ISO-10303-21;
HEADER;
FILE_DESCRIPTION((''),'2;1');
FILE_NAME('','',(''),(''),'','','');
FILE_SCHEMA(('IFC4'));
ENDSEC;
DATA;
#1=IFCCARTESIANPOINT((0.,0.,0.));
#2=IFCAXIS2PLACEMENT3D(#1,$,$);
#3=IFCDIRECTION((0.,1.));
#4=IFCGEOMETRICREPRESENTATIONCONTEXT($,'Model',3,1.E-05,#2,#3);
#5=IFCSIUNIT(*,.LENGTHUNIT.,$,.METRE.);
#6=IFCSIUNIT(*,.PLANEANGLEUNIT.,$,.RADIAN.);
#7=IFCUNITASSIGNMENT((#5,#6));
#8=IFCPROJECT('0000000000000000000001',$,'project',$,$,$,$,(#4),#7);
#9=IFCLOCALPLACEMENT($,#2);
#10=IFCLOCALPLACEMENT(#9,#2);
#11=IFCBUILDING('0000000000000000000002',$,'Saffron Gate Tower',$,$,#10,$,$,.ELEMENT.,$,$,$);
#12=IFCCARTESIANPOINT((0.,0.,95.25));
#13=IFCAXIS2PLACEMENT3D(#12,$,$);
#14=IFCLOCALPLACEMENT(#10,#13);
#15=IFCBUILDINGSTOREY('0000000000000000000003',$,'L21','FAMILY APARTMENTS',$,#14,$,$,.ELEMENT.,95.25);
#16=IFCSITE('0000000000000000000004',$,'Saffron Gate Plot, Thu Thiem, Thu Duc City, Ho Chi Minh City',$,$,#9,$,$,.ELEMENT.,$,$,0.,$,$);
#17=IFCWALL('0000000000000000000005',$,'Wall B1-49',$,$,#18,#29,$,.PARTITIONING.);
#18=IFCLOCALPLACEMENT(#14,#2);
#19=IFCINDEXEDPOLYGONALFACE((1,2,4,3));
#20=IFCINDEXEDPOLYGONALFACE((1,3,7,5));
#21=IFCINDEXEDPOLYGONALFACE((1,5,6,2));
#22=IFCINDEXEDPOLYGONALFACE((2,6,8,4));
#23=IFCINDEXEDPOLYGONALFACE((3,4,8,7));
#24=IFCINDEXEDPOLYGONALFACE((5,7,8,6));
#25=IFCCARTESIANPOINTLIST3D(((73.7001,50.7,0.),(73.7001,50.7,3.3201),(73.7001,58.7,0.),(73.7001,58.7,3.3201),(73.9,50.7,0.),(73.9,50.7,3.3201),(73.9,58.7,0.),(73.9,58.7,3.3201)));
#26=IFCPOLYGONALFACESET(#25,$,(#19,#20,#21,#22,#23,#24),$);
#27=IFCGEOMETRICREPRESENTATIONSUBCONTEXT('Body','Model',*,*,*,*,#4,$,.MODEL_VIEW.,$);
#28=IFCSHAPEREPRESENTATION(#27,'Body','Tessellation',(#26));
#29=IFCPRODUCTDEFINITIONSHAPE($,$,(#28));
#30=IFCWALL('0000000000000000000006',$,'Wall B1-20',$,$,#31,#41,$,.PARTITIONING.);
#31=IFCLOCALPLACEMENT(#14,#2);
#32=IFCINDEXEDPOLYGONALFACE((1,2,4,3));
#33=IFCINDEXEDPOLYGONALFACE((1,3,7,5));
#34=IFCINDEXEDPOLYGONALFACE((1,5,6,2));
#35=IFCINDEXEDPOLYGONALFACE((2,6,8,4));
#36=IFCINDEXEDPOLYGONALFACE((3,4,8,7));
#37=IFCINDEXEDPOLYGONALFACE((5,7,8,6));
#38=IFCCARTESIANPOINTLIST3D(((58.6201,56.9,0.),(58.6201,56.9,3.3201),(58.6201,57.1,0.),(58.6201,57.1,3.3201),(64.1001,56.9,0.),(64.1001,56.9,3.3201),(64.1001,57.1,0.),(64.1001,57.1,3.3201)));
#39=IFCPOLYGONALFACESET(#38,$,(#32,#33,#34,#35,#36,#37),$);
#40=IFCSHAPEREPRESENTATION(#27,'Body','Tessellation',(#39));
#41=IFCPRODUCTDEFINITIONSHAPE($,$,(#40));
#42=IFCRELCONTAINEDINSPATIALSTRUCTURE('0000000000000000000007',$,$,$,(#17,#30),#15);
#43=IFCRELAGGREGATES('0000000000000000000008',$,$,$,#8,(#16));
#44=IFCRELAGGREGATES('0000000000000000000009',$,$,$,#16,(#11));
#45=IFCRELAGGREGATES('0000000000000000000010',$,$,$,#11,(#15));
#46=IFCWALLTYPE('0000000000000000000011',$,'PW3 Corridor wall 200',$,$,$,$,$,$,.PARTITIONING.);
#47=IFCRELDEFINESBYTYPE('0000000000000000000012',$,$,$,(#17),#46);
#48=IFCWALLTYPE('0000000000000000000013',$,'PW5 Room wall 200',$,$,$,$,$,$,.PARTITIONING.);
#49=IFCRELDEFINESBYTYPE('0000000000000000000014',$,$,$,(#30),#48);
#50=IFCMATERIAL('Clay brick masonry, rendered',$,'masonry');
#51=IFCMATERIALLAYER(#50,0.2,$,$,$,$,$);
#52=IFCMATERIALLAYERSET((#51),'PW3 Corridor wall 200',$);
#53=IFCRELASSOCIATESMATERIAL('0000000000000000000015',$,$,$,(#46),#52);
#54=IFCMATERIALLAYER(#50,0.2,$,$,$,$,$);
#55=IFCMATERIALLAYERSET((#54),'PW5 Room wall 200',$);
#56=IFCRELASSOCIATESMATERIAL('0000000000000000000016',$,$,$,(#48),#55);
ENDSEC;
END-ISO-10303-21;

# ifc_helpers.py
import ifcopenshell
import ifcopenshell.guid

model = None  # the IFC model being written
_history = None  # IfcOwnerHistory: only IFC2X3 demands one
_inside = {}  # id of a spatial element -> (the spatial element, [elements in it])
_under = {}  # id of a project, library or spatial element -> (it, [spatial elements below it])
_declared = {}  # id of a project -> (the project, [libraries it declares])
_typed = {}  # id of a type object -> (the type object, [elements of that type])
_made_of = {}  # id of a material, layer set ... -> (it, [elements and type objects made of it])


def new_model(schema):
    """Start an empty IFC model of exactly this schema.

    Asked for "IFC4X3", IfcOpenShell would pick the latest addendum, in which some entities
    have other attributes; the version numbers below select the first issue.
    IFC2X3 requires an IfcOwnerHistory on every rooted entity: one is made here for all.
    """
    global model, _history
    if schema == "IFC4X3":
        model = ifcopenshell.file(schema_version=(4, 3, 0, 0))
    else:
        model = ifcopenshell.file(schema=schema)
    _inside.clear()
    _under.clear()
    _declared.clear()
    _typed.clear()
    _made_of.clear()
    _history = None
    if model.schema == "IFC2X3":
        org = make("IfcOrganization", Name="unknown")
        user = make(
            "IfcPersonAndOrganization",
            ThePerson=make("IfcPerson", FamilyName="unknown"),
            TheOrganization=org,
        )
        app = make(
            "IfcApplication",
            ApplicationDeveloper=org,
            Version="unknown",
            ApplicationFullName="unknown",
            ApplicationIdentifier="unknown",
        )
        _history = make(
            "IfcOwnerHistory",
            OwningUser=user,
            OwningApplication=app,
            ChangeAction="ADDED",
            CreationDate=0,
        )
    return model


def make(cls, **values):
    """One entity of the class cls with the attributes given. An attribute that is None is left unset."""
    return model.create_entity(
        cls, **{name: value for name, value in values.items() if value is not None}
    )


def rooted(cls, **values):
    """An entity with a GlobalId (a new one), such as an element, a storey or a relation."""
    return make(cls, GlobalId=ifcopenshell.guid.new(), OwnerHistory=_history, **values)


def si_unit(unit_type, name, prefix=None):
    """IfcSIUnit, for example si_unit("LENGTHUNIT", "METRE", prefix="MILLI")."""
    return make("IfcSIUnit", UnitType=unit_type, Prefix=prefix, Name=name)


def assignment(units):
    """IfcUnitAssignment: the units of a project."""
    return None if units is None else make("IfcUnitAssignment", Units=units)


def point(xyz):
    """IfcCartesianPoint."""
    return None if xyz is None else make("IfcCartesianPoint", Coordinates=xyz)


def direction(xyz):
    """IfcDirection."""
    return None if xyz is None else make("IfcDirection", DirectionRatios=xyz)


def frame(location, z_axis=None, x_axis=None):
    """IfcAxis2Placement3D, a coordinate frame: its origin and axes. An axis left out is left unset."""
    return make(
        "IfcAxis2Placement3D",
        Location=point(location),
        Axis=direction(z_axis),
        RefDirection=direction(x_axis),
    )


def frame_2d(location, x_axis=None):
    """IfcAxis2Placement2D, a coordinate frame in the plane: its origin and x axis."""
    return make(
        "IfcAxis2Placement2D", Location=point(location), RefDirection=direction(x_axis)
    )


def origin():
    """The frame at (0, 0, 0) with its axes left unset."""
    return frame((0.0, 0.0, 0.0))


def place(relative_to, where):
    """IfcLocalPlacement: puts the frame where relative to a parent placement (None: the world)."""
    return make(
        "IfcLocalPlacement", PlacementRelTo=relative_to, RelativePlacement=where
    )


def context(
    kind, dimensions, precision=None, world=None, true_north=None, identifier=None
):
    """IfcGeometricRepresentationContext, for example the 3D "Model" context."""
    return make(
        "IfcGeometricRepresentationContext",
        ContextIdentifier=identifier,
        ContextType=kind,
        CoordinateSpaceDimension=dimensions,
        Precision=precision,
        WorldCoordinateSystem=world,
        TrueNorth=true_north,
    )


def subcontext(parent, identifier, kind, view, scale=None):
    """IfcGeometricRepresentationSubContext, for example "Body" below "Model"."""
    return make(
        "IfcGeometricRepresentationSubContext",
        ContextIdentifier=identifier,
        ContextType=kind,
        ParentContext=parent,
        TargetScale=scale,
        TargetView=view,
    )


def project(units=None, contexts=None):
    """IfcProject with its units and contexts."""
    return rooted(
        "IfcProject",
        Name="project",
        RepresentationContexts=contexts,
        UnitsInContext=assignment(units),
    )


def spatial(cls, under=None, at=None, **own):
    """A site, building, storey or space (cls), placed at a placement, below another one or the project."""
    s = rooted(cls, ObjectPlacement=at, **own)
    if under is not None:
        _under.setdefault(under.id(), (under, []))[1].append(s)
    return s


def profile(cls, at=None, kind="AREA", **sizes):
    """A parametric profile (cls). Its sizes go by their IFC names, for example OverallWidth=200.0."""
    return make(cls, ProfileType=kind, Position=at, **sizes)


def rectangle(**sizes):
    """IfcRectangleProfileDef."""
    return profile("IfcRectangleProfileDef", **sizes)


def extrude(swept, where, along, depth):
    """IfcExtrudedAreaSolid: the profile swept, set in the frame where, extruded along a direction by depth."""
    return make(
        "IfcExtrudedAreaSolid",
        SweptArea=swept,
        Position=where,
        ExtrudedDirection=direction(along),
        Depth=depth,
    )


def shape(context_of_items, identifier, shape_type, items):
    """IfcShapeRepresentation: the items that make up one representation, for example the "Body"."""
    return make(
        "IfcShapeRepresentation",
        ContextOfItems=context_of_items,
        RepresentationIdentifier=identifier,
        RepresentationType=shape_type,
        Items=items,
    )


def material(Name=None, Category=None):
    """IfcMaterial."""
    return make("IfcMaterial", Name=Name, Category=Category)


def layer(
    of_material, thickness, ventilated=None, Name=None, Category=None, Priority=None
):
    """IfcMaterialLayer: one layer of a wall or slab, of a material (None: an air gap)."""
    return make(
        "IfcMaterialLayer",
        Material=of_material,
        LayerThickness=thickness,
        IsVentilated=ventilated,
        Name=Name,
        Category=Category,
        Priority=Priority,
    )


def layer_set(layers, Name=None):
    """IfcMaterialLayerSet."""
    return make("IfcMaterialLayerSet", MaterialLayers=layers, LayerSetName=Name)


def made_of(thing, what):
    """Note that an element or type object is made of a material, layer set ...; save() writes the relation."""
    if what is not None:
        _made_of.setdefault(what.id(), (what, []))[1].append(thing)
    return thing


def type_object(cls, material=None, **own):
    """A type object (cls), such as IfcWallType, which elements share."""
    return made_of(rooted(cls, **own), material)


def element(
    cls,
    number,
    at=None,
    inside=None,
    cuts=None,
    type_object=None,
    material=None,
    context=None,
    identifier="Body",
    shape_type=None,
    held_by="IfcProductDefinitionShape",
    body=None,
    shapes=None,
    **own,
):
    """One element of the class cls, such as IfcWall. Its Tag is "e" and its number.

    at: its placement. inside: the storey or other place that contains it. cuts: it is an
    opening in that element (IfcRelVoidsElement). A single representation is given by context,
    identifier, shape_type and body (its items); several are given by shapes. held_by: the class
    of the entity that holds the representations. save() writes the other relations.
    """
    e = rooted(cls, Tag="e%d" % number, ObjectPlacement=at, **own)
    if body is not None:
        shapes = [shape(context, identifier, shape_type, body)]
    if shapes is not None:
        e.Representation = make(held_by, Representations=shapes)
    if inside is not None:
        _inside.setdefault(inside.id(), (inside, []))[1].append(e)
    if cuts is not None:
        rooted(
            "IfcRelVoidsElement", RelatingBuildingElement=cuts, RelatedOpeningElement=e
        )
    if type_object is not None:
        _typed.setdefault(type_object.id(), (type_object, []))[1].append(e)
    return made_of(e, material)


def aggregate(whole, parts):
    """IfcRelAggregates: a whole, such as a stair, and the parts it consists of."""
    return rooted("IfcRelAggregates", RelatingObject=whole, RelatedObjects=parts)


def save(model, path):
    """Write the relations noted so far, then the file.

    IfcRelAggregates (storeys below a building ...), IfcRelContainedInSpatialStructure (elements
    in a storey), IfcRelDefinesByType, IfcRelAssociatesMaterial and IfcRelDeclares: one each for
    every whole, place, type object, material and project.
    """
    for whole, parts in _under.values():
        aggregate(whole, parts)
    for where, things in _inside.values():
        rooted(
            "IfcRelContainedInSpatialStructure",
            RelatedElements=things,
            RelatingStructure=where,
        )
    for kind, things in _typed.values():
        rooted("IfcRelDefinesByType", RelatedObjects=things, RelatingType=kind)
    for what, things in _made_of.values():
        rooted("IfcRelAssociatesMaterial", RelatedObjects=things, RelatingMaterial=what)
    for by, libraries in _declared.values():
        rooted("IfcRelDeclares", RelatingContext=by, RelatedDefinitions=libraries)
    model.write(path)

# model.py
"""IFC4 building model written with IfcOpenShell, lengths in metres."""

from ifc_helpers import new_model, si_unit, direction, frame, frame_2d, origin, place, context, subcontext, project, spatial, rectangle, extrude, material, layer, layer_set, type_object, element, save


model = new_model("IFC4")

# Units and contexts
model_context = context("Model", 3, precision=1e-05, world=origin(), true_north=direction((0.0, 1.0)))
body_context = subcontext(model_context, "Body", "Model", "MODEL_VIEW")
ifc_project = project(units=[si_unit("LENGTHUNIT", "METRE"), si_unit("PLANEANGLEUNIT", "RADIAN")], contexts=[model_context])

# Site, building, storey
site_placement = place(None, origin())
site = spatial("IfcSite", under=ifc_project, at=site_placement, Name="Saffron Gate Plot, Thu Thiem, Thu Duc City, Ho Chi Minh City", CompositionType="ELEMENT", RefElevation=0.0)
building_placement = place(site_placement, origin())
building = spatial("IfcBuilding", under=site, at=building_placement, Name="Saffron Gate Tower", CompositionType="ELEMENT")
storey_placement = place(building_placement, frame((0.0, 0.0, 95.25)))
storey = spatial("IfcBuildingStorey", under=building, at=storey_placement, Name="L21", Description="FAMILY APARTMENTS", CompositionType="ELEMENT", Elevation=95.25)

# Shared definitions
ifc_material_1 = material(Name="Clay brick masonry, rendered", Category="masonry")
ifc_layer_1 = layer(ifc_material_1, 0.2)
ifc_layer_set_1 = layer_set([ifc_layer_1], Name="PW3 Corridor wall 200")
wall_type_1 = type_object("IfcWallType", Name="PW3 Corridor wall 200", PredefinedType="PARTITIONING", material=ifc_layer_set_1)

# Walls
wall_1_placement = place(storey_placement, frame((73.8, 58.7, 0.0), z_axis=(0.0, 0.0, 1.0), x_axis=(0.0, -1.0, 0.0)))
element("IfcWall", 1, at=wall_1_placement, inside=storey, type_object=wall_type_1, Name="Wall B1-49", PredefinedType="PARTITIONING", context=body_context, shape_type="SweptSolid", body=[
    extrude(rectangle(XDim=8.0, YDim=0.2, at=frame_2d((4.0, 0.0))), origin(), (0.0, 0.0, 1.0), 3.3201),
])
ifc_layer_2 = layer(ifc_material_1, 0.2)
ifc_layer_set_2 = layer_set([ifc_layer_2], Name="PW5 Room wall 200")
wall_type_2 = type_object("IfcWallType", Name="PW5 Room wall 200", PredefinedType="PARTITIONING", material=ifc_layer_set_2)
wall_2_placement = place(storey_placement, frame((58.6201, 57.0, 0.0), z_axis=(0.0, 0.0, 1.0), x_axis=(1.0, 0.0, 0.0)))
element("IfcWall", 2, at=wall_2_placement, inside=storey, type_object=wall_type_2, Name="Wall B1-20", PredefinedType="PARTITIONING", context=body_context, shape_type="SweptSolid", body=[
    extrude(rectangle(XDim=5.48, YDim=0.2, at=frame_2d((2.74, 0.0))), origin(), (0.0, 0.0, 1.0), 3.3201),
])

save(model, "model.ifc")
